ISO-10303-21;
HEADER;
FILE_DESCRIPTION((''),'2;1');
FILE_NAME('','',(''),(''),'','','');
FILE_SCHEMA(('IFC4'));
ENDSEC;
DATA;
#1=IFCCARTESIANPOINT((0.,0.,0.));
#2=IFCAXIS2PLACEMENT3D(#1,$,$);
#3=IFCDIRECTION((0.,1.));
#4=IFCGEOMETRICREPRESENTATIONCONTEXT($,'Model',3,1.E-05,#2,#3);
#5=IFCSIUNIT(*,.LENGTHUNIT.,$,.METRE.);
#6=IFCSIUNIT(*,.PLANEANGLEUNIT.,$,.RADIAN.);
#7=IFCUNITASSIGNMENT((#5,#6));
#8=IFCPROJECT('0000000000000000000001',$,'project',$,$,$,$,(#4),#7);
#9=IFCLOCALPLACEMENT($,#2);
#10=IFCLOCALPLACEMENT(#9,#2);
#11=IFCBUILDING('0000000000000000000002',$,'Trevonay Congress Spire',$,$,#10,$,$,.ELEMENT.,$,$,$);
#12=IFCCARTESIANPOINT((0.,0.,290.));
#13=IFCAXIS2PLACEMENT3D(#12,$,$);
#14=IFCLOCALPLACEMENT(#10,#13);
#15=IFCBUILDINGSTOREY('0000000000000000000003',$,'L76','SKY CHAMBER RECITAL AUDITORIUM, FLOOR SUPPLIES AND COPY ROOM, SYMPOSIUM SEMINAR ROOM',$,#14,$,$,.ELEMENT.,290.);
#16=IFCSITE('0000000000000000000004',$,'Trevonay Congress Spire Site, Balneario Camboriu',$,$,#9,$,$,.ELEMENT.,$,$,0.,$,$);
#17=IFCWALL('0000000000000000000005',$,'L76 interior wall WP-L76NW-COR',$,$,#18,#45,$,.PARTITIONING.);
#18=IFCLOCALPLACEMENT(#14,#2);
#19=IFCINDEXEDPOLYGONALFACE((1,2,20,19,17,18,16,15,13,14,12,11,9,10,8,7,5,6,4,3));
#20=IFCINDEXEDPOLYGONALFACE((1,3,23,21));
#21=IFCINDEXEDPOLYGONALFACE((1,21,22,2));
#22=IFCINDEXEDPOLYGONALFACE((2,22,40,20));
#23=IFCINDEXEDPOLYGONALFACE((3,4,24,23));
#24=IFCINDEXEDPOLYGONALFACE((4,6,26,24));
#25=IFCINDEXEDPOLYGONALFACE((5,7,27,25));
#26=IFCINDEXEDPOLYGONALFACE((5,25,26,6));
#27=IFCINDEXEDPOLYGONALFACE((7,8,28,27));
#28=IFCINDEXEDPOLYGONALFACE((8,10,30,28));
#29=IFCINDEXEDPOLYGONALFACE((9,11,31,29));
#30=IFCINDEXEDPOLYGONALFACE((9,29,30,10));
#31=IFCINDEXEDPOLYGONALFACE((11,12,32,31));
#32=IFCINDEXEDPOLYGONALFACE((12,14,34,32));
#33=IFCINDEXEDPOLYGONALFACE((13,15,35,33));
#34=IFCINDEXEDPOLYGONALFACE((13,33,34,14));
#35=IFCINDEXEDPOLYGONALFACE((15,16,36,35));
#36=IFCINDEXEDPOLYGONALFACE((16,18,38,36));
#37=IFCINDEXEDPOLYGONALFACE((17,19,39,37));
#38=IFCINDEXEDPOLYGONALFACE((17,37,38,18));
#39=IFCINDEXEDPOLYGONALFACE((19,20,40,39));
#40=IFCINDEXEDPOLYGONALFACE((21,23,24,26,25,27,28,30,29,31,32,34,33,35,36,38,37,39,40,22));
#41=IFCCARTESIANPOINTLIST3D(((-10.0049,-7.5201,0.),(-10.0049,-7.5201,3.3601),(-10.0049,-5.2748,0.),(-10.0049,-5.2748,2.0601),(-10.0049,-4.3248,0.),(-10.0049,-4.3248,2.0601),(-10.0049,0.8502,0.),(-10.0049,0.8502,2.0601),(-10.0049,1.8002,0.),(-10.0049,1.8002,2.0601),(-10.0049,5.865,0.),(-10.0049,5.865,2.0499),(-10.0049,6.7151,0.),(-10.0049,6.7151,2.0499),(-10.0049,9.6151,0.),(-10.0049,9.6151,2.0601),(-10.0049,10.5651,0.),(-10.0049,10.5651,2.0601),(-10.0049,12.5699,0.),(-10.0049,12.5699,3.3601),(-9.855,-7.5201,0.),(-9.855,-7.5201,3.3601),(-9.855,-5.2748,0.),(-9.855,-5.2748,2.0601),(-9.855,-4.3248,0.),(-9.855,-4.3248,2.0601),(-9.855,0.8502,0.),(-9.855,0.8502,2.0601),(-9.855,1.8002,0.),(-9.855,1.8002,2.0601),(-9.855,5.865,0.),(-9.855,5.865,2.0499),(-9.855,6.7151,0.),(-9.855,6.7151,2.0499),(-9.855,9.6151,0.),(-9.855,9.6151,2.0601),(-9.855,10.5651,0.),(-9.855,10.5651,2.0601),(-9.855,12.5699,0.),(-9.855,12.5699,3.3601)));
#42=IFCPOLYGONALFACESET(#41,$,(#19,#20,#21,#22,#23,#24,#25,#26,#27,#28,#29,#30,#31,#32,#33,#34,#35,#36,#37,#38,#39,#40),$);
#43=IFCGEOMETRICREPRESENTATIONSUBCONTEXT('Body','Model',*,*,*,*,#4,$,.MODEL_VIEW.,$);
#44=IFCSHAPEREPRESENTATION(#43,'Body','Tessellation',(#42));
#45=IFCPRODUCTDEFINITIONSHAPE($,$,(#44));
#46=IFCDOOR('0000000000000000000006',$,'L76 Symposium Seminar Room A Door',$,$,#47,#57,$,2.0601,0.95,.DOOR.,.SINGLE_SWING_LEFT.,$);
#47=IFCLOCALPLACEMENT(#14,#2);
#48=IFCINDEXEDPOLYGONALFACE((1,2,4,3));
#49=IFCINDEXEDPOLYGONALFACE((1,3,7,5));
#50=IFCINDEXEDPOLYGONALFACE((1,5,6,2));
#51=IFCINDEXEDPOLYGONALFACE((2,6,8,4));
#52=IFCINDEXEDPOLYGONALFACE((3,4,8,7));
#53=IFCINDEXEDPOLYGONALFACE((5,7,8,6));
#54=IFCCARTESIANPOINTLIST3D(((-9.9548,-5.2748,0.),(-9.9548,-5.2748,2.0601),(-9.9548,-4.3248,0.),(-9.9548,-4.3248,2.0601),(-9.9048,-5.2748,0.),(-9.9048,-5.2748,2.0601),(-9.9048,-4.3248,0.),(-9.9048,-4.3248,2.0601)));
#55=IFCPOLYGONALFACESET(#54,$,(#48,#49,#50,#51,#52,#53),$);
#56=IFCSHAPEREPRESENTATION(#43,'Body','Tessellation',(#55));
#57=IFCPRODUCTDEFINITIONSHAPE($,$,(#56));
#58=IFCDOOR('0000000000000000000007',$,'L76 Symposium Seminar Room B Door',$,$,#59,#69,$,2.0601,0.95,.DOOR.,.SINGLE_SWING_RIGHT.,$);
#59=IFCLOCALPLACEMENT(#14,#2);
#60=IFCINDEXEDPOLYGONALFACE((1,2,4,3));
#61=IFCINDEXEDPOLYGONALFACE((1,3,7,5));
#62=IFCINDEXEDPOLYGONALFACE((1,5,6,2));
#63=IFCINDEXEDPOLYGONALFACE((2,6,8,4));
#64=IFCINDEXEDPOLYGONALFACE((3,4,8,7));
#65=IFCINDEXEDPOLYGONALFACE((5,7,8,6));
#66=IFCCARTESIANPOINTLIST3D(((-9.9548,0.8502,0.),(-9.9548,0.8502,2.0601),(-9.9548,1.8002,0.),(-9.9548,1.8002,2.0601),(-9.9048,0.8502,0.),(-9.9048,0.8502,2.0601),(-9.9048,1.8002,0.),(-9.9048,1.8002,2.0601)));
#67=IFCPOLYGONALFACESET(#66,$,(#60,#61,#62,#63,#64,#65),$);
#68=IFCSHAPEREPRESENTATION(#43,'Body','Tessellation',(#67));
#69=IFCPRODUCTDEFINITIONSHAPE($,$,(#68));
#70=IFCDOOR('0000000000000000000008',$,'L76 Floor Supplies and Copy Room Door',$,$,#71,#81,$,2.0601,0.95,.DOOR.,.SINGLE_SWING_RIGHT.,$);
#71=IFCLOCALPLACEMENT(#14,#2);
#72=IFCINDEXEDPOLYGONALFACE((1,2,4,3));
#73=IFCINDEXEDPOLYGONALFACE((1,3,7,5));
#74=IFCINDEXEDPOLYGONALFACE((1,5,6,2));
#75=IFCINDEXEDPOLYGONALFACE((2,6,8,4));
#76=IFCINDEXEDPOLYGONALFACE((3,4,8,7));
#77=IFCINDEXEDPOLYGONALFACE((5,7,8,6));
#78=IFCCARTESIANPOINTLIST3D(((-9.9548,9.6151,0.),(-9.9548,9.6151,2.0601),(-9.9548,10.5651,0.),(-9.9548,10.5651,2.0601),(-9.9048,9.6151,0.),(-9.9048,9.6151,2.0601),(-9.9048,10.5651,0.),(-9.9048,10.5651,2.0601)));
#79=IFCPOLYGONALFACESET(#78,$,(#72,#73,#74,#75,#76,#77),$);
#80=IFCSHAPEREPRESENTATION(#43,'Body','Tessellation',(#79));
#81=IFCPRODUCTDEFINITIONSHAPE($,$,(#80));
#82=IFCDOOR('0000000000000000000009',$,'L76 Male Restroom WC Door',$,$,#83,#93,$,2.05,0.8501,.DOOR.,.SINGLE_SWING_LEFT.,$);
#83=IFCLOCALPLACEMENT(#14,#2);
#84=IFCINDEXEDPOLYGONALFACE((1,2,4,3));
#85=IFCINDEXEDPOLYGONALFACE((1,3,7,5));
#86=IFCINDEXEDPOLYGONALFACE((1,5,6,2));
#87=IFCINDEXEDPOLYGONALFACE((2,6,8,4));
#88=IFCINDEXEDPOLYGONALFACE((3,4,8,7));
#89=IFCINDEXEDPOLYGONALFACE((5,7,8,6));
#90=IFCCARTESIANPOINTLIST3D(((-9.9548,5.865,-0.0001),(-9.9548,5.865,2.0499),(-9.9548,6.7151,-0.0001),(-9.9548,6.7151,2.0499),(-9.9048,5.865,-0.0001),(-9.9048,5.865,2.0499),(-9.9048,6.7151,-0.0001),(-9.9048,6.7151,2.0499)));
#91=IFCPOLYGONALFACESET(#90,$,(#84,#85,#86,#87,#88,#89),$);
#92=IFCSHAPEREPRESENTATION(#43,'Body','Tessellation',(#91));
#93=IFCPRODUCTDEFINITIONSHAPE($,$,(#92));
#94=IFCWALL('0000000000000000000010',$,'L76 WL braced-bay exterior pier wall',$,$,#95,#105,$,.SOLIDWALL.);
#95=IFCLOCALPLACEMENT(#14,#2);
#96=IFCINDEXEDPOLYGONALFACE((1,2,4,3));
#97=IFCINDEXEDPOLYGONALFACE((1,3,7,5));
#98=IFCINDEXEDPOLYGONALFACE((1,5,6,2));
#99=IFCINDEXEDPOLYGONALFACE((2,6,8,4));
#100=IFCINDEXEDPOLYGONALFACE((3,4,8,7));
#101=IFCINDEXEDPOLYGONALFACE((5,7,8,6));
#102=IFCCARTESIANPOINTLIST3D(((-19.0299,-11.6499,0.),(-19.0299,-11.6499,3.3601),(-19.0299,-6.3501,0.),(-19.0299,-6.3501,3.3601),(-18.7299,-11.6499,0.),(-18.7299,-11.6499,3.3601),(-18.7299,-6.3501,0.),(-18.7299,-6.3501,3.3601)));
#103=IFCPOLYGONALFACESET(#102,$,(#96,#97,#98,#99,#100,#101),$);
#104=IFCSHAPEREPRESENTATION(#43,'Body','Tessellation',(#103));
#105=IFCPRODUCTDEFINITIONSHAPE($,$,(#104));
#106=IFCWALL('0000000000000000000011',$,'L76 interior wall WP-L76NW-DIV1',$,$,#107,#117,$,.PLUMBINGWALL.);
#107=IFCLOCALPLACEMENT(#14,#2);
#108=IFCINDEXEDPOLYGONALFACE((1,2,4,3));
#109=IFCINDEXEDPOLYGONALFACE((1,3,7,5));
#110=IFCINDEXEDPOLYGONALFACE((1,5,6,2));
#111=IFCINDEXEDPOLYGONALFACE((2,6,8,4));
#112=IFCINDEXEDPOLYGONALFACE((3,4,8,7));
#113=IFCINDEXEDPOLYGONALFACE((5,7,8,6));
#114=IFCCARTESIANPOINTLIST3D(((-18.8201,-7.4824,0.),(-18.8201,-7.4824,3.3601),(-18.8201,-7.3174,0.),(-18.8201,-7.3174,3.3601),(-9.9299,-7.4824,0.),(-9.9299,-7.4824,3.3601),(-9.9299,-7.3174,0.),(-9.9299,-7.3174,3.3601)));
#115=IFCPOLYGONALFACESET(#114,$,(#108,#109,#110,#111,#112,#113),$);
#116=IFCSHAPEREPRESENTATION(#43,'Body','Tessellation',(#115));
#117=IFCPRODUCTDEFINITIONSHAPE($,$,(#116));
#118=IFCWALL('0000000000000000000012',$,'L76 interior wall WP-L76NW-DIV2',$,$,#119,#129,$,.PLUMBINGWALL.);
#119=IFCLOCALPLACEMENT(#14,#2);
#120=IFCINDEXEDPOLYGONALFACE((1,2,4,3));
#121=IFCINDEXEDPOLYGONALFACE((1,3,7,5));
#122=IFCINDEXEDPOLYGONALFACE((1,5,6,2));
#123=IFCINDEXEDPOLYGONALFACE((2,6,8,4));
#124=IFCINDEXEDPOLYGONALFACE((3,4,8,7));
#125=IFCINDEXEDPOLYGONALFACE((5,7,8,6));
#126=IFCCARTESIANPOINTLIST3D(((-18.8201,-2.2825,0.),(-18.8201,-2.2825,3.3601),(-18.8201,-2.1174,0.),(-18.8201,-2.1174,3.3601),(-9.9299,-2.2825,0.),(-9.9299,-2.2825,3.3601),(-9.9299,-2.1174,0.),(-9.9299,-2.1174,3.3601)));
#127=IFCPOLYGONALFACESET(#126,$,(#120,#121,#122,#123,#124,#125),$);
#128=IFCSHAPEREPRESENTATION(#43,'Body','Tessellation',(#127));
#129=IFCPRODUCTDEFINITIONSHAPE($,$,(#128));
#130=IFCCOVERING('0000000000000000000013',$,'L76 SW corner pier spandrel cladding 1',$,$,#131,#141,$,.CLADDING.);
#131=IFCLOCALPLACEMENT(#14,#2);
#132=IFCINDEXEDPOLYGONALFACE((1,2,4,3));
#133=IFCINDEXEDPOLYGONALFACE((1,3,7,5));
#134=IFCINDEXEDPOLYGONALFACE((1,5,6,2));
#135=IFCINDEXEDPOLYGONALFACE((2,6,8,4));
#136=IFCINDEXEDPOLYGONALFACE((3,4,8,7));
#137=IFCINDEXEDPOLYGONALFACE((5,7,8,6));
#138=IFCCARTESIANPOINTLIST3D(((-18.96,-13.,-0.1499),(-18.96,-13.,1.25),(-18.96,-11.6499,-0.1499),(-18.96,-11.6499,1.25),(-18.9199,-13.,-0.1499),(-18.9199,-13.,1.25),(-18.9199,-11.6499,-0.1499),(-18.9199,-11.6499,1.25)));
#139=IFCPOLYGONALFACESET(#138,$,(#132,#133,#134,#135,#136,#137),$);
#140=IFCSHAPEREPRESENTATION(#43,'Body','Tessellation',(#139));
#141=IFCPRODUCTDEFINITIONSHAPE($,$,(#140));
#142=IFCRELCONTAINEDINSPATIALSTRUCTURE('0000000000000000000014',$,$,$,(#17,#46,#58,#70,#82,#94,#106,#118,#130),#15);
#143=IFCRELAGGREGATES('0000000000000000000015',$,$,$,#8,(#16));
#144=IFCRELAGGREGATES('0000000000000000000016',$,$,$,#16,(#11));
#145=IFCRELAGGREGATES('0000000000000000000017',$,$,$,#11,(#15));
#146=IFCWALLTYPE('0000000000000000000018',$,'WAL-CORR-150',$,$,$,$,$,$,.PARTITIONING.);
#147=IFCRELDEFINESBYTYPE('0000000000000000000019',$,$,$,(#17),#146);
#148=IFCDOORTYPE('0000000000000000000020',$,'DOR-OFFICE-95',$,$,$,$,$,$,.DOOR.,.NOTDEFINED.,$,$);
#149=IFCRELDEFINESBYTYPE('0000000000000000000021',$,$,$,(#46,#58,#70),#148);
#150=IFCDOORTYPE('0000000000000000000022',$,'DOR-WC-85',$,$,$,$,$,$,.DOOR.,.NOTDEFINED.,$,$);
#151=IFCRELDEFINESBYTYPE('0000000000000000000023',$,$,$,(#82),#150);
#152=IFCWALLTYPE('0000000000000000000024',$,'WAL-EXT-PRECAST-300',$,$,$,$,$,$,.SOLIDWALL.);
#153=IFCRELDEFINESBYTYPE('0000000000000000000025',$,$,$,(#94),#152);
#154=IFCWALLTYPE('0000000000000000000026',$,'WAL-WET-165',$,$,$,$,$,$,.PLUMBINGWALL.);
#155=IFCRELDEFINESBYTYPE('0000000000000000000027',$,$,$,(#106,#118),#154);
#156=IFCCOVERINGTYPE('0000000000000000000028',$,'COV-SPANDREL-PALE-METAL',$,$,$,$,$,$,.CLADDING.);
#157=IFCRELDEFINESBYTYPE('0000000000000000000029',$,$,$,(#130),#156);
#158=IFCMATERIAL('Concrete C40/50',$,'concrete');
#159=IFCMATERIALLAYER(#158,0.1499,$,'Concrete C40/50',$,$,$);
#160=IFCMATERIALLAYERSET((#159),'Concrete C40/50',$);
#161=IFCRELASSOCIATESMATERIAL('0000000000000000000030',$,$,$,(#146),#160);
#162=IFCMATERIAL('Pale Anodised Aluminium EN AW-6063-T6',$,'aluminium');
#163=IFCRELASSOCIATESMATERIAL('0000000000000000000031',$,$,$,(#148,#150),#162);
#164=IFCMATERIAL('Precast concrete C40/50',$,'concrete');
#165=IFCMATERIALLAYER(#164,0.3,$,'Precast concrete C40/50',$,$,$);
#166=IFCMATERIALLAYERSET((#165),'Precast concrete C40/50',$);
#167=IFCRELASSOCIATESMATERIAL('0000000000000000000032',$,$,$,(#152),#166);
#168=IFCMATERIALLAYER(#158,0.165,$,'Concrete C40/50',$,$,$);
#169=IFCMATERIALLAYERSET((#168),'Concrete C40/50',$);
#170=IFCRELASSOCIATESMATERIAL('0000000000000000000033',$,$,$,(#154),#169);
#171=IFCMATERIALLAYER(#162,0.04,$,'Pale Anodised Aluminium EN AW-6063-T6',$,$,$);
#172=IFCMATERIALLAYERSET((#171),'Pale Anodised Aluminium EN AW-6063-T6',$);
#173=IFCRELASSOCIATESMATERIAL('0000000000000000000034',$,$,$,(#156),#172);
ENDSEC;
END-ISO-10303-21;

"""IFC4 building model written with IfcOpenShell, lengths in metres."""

from ifc_helpers import new_model, si_unit, direction, frame, frame_2d, origin, place, context, subcontext, project, spatial, rectangle, extrude, material, layer, layer_set, type_object, element, fill, save


model = new_model("IFC4")

# Units and contexts
model_context = context("Model", 3, precision=1e-05, world=origin(), true_north=direction((0.0, 1.0)))
body_context = subcontext(model_context, "Body", "Model", "MODEL_VIEW")
ifc_project = project(units=[si_unit("LENGTHUNIT", "METRE"), si_unit("PLANEANGLEUNIT", "RADIAN")], contexts=[model_context])

# Site, building, storey
site_placement = place(None, origin())
site = spatial("IfcSite", under=ifc_project, at=site_placement, Name="Trevonay Congress Spire Site, Balneario Camboriu", CompositionType="ELEMENT", RefElevation=0.0)
building_placement = place(site_placement, origin())
building = spatial("IfcBuilding", under=site, at=building_placement, Name="Trevonay Congress Spire", CompositionType="ELEMENT")
storey_placement = place(building_placement, frame((0.0, 0.0, 290.0)))
storey = spatial("IfcBuildingStorey", under=building, at=storey_placement, Name="L76", Description="SKY CHAMBER RECITAL AUDITORIUM, FLOOR SUPPLIES AND COPY ROOM, SYMPOSIUM SEMINAR ROOM", CompositionType="ELEMENT", Elevation=290.0)

# Shared definitions
ifc_material_1 = material(Name="Pale Anodised Aluminium EN AW-6063-T6", Category="aluminium")

# Shared definitions
ifc_material_2 = material(Name="Concrete C40/50", Category="concrete")
ifc_layer_1 = layer(ifc_material_2, 0.1499, Name="Concrete C40/50")
ifc_layer_set_1 = layer_set([ifc_layer_1], Name="Concrete C40/50")
wall_type_1 = type_object("IfcWallType", Name="WAL-CORR-150", PredefinedType="PARTITIONING", material=ifc_layer_set_1)
door_type_1 = type_object("IfcDoorType", Name="DOR-OFFICE-95", OperationType="NOTDEFINED", PredefinedType="DOOR", material=ifc_material_1)

# Wall, openings, doors
wall_1_placement = place(storey_placement, frame((-9.9299, -7.52, 0.0), z_axis=(0.0, 0.0, 1.0), x_axis=(0.0, 1.0, 0.0)))
wall_1 = element("IfcWall", 1, at=wall_1_placement, inside=storey, type_object=wall_type_1, Name="L76 interior wall WP-L76NW-COR", PredefinedType="PARTITIONING", context=body_context, shape_type="SweptSolid", body=[
    extrude(rectangle(XDim=20.0901, YDim=0.1499, at=frame_2d((10.0449, 0.0))), origin(), (0.0, 0.0, 1.0), 3.3601),
])
opening_1_placement = place(wall_1_placement, frame((2.2451, 0.0, 0.0)))
opening_1 = element("IfcOpeningElement", 2, at=opening_1_placement, cuts=wall_1, PredefinedType="OPENING", context=body_context, shape_type="SweptSolid", body=[
    extrude(rectangle(XDim=0.95, YDim=2.0601, at=frame_2d((0.4751, 1.03))), frame((0.0, 0.085, 0.0), z_axis=(0.0, -1.0, 0.0), x_axis=(1.0, 0.0, 0.0)), (0.0, 0.0, 1.0), 0.1699),
])
opening_2_placement = place(wall_1_placement, frame((8.3701, 0.0, 0.0)))
opening_2 = element("IfcOpeningElement", 3, at=opening_2_placement, cuts=wall_1, PredefinedType="OPENING", context=body_context, shape_type="SweptSolid", body=[
    extrude(rectangle(XDim=0.95, YDim=2.0601, at=frame_2d((0.4751, 1.03))), frame((0.0, 0.085, 0.0), z_axis=(0.0, -1.0, 0.0), x_axis=(1.0, 0.0, 0.0)), (0.0, 0.0, 1.0), 0.1699),
])
opening_3_placement = place(wall_1_placement, frame((13.385, 0.0, 0.0)))
opening_3 = element("IfcOpeningElement", 4, at=opening_3_placement, cuts=wall_1, PredefinedType="OPENING", context=body_context, shape_type="SweptSolid", body=[
    extrude(rectangle(XDim=0.8501, YDim=2.05, at=frame_2d((0.425, 1.0249))), frame((0.0, 0.085, 0.0), z_axis=(0.0, -1.0, 0.0), x_axis=(1.0, 0.0, 0.0)), (0.0, 0.0, 1.0), 0.1699),
])
opening_4_placement = place(wall_1_placement, frame((17.135, 0.0, 0.0)))
opening_4 = element("IfcOpeningElement", 5, at=opening_4_placement, cuts=wall_1, PredefinedType="OPENING", context=body_context, shape_type="SweptSolid", body=[
    extrude(rectangle(XDim=0.95, YDim=2.0601, at=frame_2d((0.4751, 1.03))), frame((0.0, 0.085, 0.0), z_axis=(0.0, -1.0, 0.0), x_axis=(1.0, 0.0, 0.0)), (0.0, 0.0, 1.0), 0.1699),
])
door_1_placement = place(opening_1_placement, origin())
door_1 = element("IfcDoor", 6, at=door_1_placement, inside=storey, type_object=door_type_1, Name="L76 Symposium Seminar Room A Door", OperationType="SINGLE_SWING_LEFT", OverallHeight=2.0601, OverallWidth=0.95, PredefinedType="DOOR", context=body_context, shape_type="SweptSolid", body=[
    extrude(rectangle(XDim=0.95, YDim=2.0601, at=frame_2d((0.4751, 1.03))), frame((0.0, 0.0249, 0.0), z_axis=(0.0, -1.0, 0.0), x_axis=(1.0, 0.0, 0.0)), (0.0, 0.0, 1.0), 0.05),
])
fill(opening_1, door_1)
door_2_placement = place(opening_2_placement, origin())
door_2 = element("IfcDoor", 7, at=door_2_placement, inside=storey, type_object=door_type_1, Name="L76 Symposium Seminar Room B Door", OperationType="SINGLE_SWING_RIGHT", OverallHeight=2.0601, OverallWidth=0.95, PredefinedType="DOOR", context=body_context, shape_type="SweptSolid", body=[
    extrude(rectangle(XDim=0.95, YDim=2.0601, at=frame_2d((0.4751, 1.03))), frame((0.0, 0.0249, 0.0), z_axis=(0.0, -1.0, 0.0), x_axis=(1.0, 0.0, 0.0)), (0.0, 0.0, 1.0), 0.05),
])
fill(opening_2, door_2)
door_3_placement = place(opening_4_placement, origin())
door_3 = element("IfcDoor", 8, at=door_3_placement, inside=storey, type_object=door_type_1, Name="L76 Floor Supplies and Copy Room Door", OperationType="SINGLE_SWING_RIGHT", OverallHeight=2.0601, OverallWidth=0.95, PredefinedType="DOOR", context=body_context, shape_type="SweptSolid", body=[
    extrude(rectangle(XDim=0.95, YDim=2.0601, at=frame_2d((0.4751, 1.03))), frame((0.0, 0.0249, 0.0), z_axis=(0.0, -1.0, 0.0), x_axis=(1.0, 0.0, 0.0)), (0.0, 0.0, 1.0), 0.05),
])
fill(opening_4, door_3)
door_type_2 = type_object("IfcDoorType", Name="DOR-WC-85", OperationType="NOTDEFINED", PredefinedType="DOOR", material=ifc_material_1)
door_4_placement = place(opening_3_placement, origin())
door_4 = element("IfcDoor", 9, at=door_4_placement, inside=storey, type_object=door_type_2, Name="L76 Male Restroom WC Door", OperationType="SINGLE_SWING_LEFT", OverallHeight=2.05, OverallWidth=0.8501, PredefinedType="DOOR", context=body_context, shape_type="SweptSolid", body=[
    extrude(rectangle(XDim=0.8501, YDim=2.05, at=frame_2d((0.425, 1.0249))), frame((0.0, 0.0249, 0.0), z_axis=(0.0, -1.0, 0.0), x_axis=(1.0, 0.0, 0.0)), (0.0, 0.0, 1.0), 0.05),
])
fill(opening_3, door_4)

# Walls
ifc_material_3 = material(Name="Precast concrete C40/50", Category="concrete")
ifc_layer_2 = layer(ifc_material_3, 0.3, Name="Precast concrete C40/50")
ifc_layer_set_2 = layer_set([ifc_layer_2], Name="Precast concrete C40/50")
wall_type_2 = type_object("IfcWallType", Name="WAL-EXT-PRECAST-300", PredefinedType="SOLIDWALL", material=ifc_layer_set_2)
wall_2_placement = place(storey_placement, frame((-18.8799, -11.6499, 0.0), z_axis=(0.0, 0.0, 1.0), x_axis=(0.0, 1.0, 0.0)))
element("IfcWall", 10, at=wall_2_placement, inside=storey, type_object=wall_type_2, Name="L76 WL braced-bay exterior pier wall", PredefinedType="SOLIDWALL", context=body_context, shape_type="SweptSolid", body=[
    extrude(rectangle(XDim=5.2998, YDim=0.3, at=frame_2d((2.6499, 0.0))), origin(), (0.0, 0.0, 1.0), 3.3601),
])
ifc_layer_3 = layer(ifc_material_2, 0.165, Name="Concrete C40/50")
ifc_layer_set_3 = layer_set([ifc_layer_3], Name="Concrete C40/50")
wall_type_3 = type_object("IfcWallType", Name="WAL-WET-165", PredefinedType="PLUMBINGWALL", material=ifc_layer_set_3)
for number, where, z_axis, x_axis, name in (
    (11, (-18.8201, -7.3999, 0.0), (0.0, 0.0, 1.0), (1.0, 0.0, 0.0), "L76 interior wall WP-L76NW-DIV1"),
    (12, (-18.8201, -2.2, 0.0), (0.0, 0.0, 1.0), (1.0, 0.0, 0.0), "L76 interior wall WP-L76NW-DIV2"),
):
    element("IfcWall", number, at=place(storey_placement, frame(where, z_axis=z_axis, x_axis=x_axis)), inside=storey, type_object=wall_type_3, Name=name, PredefinedType="PLUMBINGWALL", context=body_context, shape_type="SweptSolid", body=[
        extrude(rectangle(XDim=8.8901, YDim=0.165, at=frame_2d((4.4451, 0.0))), origin(), (0.0, 0.0, 1.0), 3.3601),
    ])

# Covering
ifc_layer_4 = layer(ifc_material_1, 0.04, Name="Pale Anodised Aluminium EN AW-6063-T6")
ifc_layer_set_4 = layer_set([ifc_layer_4], Name="Pale Anodised Aluminium EN AW-6063-T6")
covering_type = type_object("IfcCoveringType", Name="COV-SPANDREL-PALE-METAL", PredefinedType="CLADDING", material=ifc_layer_set_4)
covering_placement = place(storey_placement, frame((-18.9399, -11.6499, -0.1499), z_axis=(0.0, 0.0, 1.0), x_axis=(0.0, -1.0, 0.0)))
element("IfcCovering", 13, at=covering_placement, inside=storey, type_object=covering_type, Name="L76 SW corner pier spandrel cladding 1", PredefinedType="CLADDING", context=body_context, shape_type="SweptSolid", body=[
    extrude(rectangle(XDim=1.3501, YDim=0.04, at=frame_2d((0.675, 0.0))), origin(), (0.0, 0.0, 1.0), 1.3999),
])

save(model, "model.ifc")
